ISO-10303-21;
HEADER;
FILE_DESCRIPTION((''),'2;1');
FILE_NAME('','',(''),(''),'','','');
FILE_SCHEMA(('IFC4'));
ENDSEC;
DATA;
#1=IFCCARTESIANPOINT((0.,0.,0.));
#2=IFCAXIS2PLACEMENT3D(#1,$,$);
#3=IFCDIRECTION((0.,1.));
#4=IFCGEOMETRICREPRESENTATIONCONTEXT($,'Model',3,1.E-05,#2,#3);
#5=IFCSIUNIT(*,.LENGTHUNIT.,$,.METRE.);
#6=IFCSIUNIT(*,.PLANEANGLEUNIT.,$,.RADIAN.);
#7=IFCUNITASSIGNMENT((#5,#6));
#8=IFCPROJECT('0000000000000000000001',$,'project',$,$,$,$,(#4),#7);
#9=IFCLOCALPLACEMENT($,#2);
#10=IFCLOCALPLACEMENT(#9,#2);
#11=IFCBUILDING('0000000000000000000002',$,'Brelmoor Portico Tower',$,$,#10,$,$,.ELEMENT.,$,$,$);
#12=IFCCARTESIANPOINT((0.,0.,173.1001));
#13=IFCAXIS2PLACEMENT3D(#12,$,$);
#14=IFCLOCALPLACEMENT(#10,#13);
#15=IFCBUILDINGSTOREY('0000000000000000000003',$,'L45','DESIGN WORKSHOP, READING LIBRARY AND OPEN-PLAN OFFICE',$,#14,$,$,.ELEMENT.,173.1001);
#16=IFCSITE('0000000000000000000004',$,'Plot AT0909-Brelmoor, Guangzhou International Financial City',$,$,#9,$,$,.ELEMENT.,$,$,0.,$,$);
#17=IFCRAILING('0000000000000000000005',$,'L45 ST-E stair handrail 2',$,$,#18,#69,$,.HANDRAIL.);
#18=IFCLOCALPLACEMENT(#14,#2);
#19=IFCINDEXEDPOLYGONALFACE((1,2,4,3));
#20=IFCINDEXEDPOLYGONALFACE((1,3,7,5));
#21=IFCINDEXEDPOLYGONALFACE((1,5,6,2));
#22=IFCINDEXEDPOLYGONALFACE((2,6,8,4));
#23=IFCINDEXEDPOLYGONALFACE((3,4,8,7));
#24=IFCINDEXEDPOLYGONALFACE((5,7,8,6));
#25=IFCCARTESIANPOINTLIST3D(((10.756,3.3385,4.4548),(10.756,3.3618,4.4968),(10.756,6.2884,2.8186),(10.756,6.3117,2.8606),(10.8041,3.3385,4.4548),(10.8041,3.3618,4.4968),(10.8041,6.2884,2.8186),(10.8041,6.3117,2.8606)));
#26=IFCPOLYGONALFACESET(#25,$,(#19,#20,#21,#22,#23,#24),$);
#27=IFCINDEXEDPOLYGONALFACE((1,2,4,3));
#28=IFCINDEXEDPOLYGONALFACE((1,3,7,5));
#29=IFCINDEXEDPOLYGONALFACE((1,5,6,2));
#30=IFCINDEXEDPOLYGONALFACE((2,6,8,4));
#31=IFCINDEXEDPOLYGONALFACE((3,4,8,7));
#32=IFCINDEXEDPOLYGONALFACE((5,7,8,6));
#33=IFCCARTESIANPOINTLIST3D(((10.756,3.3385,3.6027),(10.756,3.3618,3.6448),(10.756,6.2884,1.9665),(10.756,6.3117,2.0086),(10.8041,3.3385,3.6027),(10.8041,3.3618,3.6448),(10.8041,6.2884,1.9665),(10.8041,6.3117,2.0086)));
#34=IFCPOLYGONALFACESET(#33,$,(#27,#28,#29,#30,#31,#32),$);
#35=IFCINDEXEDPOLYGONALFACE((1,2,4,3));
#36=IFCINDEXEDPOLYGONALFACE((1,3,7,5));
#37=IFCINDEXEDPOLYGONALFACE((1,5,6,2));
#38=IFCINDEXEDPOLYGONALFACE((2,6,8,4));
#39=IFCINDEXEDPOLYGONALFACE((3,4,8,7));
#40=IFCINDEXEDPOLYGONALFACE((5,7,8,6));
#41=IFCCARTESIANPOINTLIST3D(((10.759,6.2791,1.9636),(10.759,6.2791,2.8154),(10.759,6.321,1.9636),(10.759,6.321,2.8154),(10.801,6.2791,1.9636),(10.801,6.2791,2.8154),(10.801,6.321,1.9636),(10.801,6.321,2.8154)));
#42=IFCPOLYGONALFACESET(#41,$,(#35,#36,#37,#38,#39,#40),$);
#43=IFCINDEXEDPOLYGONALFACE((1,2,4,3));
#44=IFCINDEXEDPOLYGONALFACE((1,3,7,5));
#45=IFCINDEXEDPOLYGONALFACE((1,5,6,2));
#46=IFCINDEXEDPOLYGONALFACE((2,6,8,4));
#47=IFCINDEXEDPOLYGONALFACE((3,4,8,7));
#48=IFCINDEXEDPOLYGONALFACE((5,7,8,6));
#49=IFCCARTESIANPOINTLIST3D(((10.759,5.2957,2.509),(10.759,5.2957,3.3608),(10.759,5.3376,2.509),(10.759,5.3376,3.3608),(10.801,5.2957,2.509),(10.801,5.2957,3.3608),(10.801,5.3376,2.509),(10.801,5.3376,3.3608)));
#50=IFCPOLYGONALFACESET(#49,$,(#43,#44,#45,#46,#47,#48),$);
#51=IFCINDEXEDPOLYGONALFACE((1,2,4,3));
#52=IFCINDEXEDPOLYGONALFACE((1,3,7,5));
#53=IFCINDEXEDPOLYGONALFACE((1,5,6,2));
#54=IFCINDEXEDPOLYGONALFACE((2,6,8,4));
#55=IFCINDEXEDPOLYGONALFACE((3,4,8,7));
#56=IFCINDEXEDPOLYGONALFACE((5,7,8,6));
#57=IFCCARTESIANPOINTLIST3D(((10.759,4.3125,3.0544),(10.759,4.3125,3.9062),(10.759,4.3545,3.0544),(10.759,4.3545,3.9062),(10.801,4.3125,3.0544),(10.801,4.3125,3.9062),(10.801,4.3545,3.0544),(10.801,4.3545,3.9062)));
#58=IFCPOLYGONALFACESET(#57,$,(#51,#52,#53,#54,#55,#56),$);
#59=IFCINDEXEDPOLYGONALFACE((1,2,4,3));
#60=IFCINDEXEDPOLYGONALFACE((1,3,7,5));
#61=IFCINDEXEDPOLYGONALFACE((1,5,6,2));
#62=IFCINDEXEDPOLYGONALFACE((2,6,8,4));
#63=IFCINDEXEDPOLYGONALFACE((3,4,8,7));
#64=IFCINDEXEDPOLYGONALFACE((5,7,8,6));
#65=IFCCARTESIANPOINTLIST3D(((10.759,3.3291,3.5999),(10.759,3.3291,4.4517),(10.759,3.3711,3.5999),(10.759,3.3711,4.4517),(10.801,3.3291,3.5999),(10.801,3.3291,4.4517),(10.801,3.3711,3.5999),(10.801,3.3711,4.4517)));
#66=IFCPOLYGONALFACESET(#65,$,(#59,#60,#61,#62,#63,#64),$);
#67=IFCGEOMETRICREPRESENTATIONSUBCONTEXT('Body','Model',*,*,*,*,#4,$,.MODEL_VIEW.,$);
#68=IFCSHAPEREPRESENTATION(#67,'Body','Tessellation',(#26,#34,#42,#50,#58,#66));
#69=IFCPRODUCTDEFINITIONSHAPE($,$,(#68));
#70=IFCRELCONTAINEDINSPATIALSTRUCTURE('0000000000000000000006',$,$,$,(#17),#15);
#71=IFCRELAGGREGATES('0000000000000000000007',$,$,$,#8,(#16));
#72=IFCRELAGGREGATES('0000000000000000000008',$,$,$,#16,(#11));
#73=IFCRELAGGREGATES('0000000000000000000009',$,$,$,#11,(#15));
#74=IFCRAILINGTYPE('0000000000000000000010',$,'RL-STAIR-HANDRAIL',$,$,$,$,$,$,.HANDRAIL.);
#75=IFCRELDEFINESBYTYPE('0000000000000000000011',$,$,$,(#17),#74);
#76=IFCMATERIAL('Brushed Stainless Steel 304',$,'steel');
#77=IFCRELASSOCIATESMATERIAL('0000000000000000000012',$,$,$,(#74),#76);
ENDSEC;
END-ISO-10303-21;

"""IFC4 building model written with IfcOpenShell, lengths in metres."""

from ifc_helpers import new_model, si_unit, direction, frame, origin, origin_2d, place, context, subcontext, project, spatial, rectangle, extrude, material, type_object, element, save


model = new_model("IFC4")

# Units and contexts
model_context = context("Model", 3, precision=1e-05, world=origin(), true_north=direction((0.0, 1.0)))
body_context = subcontext(model_context, "Body", "Model", "MODEL_VIEW")
ifc_project = project(units=[si_unit("LENGTHUNIT", "METRE"), si_unit("PLANEANGLEUNIT", "RADIAN")], contexts=[model_context])

# Site, building, storey
site_placement = place(None, origin())
site = spatial("IfcSite", under=ifc_project, at=site_placement, Name="Plot AT0909-Brelmoor, Guangzhou International Financial City", CompositionType="ELEMENT", RefElevation=0.0)
building_placement = place(site_placement, origin())
building = spatial("IfcBuilding", under=site, at=building_placement, Name="Brelmoor Portico Tower", CompositionType="ELEMENT")
storey_placement = place(building_placement, frame((0.0, 0.0, 173.1001)))
storey = spatial("IfcBuildingStorey", under=building, at=storey_placement, Name="L45", Description="DESIGN WORKSHOP, READING LIBRARY AND OPEN-PLAN OFFICE", CompositionType="ELEMENT", Elevation=173.1001)

# Railing
ifc_material_1 = material(Name="Brushed Stainless Steel 304", Category="steel")
railing_type_1 = type_object("IfcRailingType", Name="RL-STAIR-HANDRAIL", PredefinedType="HANDRAIL", material=ifc_material_1)
railing_1_placement = place(storey_placement, frame((10.78, 6.3, 1.9636)))
element("IfcRailing", 1, at=railing_1_placement, inside=storey, type_object=railing_type_1, Name="L45 ST-E stair handrail 2", PredefinedType="HANDRAIL", context=body_context, shape_type="SweptSolid", body=[
    extrude(rectangle(XDim=0.0481, YDim=0.0481, at=origin_2d()), frame((0.0, 0.0, 0.876), z_axis=(0.0, -0.874488, 0.485047), x_axis=(1.0, 0.0, 0.0)), (0.0, 0.0, 1.0), 3.3733),
    extrude(rectangle(XDim=0.0481, YDim=0.0481, at=origin_2d()), frame((0.0, 0.0, 0.0239), z_axis=(0.0, -0.874488, 0.485047), x_axis=(1.0, 0.0, 0.0)), (0.0, 0.0, 1.0), 3.3733),
    extrude(rectangle(XDim=0.042, YDim=0.042, at=origin_2d()), origin(), (0.0, 0.0, 1.0), 0.8518),
    extrude(rectangle(XDim=0.042, YDim=0.042, at=origin_2d()), frame((0.0, -0.9834, 0.5454)), (0.0, 0.0, 1.0), 0.8518),
    extrude(rectangle(XDim=0.042, YDim=0.042, at=origin_2d()), frame((0.0, -1.9666, 1.0908)), (0.0, 0.0, 1.0), 0.8518),
    extrude(rectangle(XDim=0.042, YDim=0.042, at=origin_2d()), frame((0.0, -2.95, 1.6362)), (0.0, 0.0, 1.0), 0.8518),
])

save(model, "model.ifc")
